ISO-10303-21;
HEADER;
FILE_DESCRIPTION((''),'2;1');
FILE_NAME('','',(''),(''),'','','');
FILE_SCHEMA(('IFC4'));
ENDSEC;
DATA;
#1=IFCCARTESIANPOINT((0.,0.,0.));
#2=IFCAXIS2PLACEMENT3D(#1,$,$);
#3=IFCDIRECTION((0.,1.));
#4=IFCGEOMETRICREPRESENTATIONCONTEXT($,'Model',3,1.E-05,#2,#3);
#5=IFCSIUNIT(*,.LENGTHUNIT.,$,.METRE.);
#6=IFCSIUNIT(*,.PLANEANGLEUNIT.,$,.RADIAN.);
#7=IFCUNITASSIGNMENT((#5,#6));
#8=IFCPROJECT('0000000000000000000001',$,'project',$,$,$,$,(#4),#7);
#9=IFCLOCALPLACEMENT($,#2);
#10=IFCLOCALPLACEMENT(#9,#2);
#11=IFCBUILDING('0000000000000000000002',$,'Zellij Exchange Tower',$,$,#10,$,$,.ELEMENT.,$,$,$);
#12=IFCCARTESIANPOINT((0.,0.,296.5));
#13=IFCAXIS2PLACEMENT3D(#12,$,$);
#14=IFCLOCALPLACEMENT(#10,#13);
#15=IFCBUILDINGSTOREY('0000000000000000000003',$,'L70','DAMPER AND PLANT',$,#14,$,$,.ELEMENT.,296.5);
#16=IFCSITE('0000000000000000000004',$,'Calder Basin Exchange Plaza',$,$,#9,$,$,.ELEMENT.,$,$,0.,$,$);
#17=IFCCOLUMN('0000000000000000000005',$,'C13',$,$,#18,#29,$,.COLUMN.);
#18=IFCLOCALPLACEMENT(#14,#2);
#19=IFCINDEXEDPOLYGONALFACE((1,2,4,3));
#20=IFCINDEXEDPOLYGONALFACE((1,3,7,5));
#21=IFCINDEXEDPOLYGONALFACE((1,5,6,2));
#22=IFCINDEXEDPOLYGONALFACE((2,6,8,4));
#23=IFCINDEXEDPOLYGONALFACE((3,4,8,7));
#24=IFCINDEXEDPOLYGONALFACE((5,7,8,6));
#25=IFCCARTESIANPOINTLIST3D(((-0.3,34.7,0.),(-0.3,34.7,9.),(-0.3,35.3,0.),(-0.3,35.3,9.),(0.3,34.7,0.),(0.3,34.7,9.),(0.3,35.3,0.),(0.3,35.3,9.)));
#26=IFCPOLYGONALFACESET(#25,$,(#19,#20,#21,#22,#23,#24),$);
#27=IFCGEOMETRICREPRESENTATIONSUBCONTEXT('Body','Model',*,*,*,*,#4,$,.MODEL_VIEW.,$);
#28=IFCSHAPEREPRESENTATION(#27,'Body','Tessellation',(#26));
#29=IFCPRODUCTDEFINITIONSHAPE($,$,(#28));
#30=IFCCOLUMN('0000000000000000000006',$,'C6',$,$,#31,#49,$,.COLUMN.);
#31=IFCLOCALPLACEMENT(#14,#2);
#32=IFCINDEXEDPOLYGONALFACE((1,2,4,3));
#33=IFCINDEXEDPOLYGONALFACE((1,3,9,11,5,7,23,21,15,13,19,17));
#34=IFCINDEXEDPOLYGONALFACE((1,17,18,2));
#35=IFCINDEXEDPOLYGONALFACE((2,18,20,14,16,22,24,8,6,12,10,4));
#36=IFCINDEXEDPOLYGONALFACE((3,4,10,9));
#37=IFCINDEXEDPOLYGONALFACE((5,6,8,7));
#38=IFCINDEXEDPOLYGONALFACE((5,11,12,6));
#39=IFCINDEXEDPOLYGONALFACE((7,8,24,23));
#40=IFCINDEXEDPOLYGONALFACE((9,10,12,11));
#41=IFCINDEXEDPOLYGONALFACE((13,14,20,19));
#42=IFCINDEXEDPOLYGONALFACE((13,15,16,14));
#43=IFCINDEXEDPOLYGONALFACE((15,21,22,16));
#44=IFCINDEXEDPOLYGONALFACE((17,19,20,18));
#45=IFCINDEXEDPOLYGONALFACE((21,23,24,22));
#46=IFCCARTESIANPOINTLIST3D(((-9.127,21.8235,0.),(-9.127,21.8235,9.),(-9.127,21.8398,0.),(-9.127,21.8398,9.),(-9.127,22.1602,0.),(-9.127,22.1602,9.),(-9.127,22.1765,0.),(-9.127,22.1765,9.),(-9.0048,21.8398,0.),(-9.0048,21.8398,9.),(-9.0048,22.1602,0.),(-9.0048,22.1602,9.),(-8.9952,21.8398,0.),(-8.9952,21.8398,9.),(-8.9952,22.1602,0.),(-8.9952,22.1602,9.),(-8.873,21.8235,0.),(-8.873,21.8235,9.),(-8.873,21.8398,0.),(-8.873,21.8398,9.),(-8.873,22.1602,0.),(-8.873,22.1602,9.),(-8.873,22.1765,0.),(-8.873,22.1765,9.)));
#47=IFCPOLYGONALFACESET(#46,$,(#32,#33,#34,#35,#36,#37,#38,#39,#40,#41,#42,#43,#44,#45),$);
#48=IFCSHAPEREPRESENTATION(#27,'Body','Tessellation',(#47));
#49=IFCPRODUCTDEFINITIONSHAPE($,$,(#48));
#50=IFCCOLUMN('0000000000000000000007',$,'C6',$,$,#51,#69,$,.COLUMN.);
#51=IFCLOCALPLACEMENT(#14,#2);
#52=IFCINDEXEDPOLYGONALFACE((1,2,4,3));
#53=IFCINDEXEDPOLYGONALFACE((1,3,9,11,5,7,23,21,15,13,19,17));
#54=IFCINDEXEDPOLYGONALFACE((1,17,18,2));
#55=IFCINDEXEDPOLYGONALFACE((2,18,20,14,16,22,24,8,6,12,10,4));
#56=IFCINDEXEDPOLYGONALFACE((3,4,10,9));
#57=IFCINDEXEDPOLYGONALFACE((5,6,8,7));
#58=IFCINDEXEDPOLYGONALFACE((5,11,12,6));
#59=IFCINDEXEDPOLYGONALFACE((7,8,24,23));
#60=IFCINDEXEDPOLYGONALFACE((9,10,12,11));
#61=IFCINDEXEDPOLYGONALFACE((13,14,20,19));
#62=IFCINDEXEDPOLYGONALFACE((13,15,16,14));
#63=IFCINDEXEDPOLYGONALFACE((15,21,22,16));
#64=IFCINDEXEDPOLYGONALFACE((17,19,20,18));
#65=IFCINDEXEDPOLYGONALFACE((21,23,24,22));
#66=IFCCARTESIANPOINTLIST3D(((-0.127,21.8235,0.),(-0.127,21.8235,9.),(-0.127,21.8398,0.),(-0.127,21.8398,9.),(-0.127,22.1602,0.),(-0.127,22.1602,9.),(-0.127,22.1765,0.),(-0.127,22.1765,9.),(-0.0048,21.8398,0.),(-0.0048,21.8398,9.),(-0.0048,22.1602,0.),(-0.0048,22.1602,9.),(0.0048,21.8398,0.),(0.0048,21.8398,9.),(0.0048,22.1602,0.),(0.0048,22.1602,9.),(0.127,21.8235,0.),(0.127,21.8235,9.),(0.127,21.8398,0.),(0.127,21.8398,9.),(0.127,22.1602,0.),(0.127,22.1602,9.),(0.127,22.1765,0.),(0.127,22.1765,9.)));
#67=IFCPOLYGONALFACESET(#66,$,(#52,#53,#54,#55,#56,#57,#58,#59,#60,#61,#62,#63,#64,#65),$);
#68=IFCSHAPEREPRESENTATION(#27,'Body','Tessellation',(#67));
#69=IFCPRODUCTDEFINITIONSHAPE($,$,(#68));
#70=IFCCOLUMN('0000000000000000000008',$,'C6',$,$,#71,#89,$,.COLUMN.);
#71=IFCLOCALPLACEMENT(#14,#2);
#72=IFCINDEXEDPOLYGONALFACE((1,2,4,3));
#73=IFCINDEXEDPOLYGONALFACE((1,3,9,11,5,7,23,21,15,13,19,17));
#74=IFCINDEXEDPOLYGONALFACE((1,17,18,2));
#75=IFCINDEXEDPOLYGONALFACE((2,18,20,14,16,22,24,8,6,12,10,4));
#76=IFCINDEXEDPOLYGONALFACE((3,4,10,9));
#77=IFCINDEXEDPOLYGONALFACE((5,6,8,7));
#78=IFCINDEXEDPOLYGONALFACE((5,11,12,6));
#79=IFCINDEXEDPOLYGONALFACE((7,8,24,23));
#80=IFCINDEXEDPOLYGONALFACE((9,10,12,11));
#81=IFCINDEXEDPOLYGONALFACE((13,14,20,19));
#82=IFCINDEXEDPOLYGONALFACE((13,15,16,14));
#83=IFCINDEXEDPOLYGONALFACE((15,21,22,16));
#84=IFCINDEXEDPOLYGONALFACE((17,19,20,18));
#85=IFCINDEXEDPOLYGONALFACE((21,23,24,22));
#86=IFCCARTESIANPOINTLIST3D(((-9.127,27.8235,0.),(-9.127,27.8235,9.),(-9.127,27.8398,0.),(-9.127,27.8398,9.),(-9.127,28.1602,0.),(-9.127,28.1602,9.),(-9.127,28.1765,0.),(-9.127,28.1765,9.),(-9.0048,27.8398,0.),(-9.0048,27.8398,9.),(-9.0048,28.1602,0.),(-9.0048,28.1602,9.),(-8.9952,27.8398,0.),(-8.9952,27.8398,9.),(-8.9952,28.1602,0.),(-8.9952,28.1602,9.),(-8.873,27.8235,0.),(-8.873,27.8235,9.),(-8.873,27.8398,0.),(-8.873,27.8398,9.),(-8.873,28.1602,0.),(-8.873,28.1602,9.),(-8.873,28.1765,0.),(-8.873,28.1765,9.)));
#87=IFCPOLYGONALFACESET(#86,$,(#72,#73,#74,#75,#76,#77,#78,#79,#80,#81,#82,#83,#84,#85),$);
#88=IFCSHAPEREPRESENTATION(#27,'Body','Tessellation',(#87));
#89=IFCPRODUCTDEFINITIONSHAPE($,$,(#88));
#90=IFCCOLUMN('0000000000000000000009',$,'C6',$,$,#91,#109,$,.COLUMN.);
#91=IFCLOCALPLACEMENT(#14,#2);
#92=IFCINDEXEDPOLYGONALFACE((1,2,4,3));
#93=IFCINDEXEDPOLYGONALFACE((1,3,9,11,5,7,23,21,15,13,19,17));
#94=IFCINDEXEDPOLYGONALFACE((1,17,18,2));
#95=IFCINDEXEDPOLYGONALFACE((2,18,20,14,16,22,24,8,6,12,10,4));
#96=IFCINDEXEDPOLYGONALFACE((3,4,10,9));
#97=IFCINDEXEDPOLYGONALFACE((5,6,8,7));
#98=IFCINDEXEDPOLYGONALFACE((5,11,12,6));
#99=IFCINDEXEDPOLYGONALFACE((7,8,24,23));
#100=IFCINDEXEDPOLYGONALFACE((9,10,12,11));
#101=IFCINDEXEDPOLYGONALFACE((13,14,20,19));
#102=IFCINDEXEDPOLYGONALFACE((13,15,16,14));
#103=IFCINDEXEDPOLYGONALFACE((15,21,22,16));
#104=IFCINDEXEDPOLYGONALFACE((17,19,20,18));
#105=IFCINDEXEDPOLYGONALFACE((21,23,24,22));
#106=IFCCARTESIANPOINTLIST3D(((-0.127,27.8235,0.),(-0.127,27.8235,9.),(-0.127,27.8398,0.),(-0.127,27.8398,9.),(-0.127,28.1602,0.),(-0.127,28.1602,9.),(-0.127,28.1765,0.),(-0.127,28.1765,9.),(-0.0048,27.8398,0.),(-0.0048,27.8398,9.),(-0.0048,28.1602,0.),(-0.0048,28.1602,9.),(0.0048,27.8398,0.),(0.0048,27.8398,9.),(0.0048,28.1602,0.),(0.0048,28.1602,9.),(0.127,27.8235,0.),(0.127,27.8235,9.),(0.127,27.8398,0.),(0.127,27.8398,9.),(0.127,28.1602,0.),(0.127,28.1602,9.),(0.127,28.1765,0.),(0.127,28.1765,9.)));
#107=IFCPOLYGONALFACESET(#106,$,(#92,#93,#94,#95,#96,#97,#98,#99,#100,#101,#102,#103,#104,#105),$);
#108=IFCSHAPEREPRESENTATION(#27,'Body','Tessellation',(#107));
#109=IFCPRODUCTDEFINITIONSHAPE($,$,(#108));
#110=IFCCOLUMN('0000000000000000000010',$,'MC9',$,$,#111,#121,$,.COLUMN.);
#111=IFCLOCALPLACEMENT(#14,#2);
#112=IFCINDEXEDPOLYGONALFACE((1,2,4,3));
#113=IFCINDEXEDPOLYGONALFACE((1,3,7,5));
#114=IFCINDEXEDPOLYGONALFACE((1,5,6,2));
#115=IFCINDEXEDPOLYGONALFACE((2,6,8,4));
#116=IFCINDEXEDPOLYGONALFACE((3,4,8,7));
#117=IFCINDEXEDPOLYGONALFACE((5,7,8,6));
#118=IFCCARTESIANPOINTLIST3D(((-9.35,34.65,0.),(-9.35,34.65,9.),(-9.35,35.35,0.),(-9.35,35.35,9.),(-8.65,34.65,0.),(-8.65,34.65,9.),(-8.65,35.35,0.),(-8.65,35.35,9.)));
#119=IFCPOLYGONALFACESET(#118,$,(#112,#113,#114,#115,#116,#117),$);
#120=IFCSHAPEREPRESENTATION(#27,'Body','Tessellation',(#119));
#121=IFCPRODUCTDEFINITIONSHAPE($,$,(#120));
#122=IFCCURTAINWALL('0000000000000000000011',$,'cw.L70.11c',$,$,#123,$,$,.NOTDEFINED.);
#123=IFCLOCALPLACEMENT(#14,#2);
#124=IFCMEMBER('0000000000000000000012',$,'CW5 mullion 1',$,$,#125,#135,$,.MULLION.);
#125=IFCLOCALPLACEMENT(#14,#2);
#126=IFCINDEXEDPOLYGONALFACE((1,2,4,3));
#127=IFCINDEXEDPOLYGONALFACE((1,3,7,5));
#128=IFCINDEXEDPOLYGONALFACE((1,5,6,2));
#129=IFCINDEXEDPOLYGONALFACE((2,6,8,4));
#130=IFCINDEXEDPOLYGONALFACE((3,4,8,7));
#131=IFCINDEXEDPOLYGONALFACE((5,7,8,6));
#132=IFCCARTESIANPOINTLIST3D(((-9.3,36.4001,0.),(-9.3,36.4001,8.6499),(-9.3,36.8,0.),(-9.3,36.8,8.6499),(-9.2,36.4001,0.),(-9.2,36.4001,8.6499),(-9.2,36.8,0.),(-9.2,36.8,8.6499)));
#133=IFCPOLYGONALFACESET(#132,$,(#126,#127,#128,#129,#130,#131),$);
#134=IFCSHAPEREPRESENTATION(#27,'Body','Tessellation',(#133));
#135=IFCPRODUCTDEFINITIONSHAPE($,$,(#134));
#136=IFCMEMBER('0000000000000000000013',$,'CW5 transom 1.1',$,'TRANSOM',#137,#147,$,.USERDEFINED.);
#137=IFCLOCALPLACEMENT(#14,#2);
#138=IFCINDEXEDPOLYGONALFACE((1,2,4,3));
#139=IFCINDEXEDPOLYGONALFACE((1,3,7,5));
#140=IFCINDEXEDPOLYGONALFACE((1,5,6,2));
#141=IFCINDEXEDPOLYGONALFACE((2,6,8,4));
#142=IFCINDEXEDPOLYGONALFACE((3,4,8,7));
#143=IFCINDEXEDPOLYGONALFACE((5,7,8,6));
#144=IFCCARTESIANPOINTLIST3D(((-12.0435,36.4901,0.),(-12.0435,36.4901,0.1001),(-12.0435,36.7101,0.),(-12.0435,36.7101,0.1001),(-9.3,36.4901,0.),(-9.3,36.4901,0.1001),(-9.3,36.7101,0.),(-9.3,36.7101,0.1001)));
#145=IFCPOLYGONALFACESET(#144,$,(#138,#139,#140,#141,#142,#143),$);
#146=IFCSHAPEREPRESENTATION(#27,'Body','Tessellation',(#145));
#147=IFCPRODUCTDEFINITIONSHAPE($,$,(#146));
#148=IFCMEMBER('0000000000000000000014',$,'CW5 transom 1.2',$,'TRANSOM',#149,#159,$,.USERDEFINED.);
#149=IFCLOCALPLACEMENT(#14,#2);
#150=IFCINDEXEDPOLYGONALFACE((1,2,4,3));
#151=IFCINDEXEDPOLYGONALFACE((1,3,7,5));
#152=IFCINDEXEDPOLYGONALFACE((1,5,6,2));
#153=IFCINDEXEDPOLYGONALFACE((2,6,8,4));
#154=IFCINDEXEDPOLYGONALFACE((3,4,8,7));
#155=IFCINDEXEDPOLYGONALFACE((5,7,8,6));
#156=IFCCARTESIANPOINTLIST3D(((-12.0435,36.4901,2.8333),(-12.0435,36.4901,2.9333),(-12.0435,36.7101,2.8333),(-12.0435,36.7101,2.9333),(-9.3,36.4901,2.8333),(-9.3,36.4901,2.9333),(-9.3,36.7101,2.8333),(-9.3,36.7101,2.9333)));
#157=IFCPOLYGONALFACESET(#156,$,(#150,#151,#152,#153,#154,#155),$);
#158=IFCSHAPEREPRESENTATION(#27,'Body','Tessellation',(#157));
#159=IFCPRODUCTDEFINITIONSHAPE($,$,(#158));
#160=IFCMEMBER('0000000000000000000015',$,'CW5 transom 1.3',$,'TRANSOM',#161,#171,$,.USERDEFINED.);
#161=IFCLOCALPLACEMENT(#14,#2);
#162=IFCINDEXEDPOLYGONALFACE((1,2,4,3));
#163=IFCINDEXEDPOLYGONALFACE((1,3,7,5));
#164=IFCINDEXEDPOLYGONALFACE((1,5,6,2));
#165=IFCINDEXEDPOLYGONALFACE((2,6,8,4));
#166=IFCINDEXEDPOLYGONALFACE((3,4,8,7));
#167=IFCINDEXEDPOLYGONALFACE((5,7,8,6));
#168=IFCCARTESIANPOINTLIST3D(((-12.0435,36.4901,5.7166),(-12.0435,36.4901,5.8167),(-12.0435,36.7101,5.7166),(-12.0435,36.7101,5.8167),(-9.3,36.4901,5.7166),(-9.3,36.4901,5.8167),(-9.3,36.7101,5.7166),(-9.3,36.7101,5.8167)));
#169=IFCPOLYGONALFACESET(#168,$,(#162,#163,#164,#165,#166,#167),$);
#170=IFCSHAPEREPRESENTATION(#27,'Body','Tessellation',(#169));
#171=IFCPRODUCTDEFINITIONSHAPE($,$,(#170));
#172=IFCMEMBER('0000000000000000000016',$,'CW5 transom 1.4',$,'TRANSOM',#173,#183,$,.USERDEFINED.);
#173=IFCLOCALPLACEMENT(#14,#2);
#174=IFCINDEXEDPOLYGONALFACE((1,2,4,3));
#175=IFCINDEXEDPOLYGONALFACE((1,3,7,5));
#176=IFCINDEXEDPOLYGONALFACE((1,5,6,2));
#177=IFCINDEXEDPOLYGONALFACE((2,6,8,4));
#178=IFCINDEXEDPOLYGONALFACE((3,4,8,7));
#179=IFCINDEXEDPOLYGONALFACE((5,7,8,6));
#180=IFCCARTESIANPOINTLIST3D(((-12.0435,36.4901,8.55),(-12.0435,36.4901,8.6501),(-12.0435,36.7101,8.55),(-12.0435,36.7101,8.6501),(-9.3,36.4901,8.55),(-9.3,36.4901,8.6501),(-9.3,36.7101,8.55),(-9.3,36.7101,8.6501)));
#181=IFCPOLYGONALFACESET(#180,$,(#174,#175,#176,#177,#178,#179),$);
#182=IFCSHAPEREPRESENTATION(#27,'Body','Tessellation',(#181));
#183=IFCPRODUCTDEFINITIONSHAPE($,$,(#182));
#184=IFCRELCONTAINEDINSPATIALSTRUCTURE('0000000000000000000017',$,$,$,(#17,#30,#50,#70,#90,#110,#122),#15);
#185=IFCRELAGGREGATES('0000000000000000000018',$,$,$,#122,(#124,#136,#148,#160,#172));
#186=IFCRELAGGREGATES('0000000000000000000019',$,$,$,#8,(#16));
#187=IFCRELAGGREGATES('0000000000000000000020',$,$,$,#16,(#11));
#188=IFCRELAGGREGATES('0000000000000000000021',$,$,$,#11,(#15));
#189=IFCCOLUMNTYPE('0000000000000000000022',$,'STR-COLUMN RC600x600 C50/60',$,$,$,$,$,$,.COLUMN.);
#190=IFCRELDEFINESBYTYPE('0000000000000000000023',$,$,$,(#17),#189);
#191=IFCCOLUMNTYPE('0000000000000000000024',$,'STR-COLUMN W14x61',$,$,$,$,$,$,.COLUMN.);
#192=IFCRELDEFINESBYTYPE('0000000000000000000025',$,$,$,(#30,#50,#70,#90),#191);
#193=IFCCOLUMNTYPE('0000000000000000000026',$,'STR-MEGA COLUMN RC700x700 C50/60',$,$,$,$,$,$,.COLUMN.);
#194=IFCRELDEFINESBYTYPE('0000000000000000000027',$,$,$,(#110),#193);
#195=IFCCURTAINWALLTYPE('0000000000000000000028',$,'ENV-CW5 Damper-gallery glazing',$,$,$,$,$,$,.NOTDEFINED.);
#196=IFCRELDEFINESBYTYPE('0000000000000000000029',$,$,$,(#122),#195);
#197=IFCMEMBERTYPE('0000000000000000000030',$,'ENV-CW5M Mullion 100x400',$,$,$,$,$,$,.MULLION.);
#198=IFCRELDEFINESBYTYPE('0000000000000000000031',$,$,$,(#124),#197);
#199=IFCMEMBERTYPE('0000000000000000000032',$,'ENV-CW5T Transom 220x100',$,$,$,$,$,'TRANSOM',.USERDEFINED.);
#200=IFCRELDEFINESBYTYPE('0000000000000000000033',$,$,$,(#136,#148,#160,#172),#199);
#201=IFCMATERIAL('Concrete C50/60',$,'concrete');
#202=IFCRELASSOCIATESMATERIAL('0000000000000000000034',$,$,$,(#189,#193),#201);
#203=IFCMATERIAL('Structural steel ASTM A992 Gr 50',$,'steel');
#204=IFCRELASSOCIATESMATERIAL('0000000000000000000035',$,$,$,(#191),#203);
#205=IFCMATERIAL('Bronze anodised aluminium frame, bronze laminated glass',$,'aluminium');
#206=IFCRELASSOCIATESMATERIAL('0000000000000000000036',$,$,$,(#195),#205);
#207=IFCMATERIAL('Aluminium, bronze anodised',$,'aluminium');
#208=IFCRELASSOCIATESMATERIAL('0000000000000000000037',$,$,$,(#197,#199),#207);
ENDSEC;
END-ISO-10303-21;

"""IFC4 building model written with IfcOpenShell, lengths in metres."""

from ifc_helpers import new_model, si_unit, direction, frame, origin, origin_2d, place, context, subcontext, project, spatial, rectangle, i_section, extrude, material, material_profile, profile_set, type_object, element, aggregate, save


model = new_model("IFC4")

# Units and contexts
model_context = context("Model", 3, precision=1e-05, world=origin(), true_north=direction((0.0, 1.0)))
body_context = subcontext(model_context, "Body", "Model", "MODEL_VIEW")
ifc_project = project(units=[si_unit("LENGTHUNIT", "METRE"), si_unit("PLANEANGLEUNIT", "RADIAN")], contexts=[model_context])

# Site, building, storey
site_placement = place(None, origin())
site = spatial("IfcSite", under=ifc_project, at=site_placement, Name="Calder Basin Exchange Plaza", CompositionType="ELEMENT", RefElevation=0.0)
building_placement = place(site_placement, origin())
building = spatial("IfcBuilding", under=site, at=building_placement, Name="Zellij Exchange Tower", CompositionType="ELEMENT")
storey_placement = place(building_placement, frame((0.0, 0.0, 296.5)))
storey = spatial("IfcBuildingStorey", under=building, at=storey_placement, Name="L70", Description="DAMPER AND PLANT", CompositionType="ELEMENT", Elevation=296.5)

# Columns
ifc_material_1 = material(Name="Concrete C50/60", Category="concrete")
ifc_material_profile_1 = material_profile(ifc_material_1, rectangle(XDim=0.6001, YDim=0.6001, at=origin_2d()), Name="STR-COLUMN RC600x600 C50/60")
ifc_profile_set_1 = profile_set([ifc_material_profile_1], Name="Concrete C50/60")
column_type_1 = type_object("IfcColumnType", Name="STR-COLUMN RC600x600 C50/60", PredefinedType="COLUMN", material=ifc_profile_set_1)
column_1_placement = place(storey_placement, frame((0.0, 35.0, 0.0), z_axis=(0.0, 0.0, 1.0), x_axis=(1.0, 0.0, 0.0)))
element("IfcColumn", 1, at=column_1_placement, inside=storey, type_object=column_type_1, Name="C13", PredefinedType="COLUMN", context=body_context, shape_type="SweptSolid", body=[
    extrude(rectangle(XDim=0.6001, YDim=0.6001, at=origin_2d()), origin(), (0.0, 0.0, 1.0), 9.0),
])
ifc_material_2 = material(Name="Structural steel ASTM A992 Gr 50", Category="steel")
ifc_material_profile_2 = material_profile(ifc_material_2, i_section(OverallWidth=0.2539, OverallDepth=0.353, WebThickness=0.0095, FlangeThickness=0.0164, at=origin_2d()), Name="W14x61")
ifc_profile_set_2 = profile_set([ifc_material_profile_2], Name="Structural steel ASTM A992 Gr 50")
column_type_2 = type_object("IfcColumnType", Name="STR-COLUMN W14x61", PredefinedType="COLUMN", material=ifc_profile_set_2)
for number, where, z_axis, x_axis, name in (
    (2, (-9.0, 22.0, 0.0), (0.0, 0.0, 1.0), (1.0, 0.0, 0.0), "C6"),
    (3, (0.0, 22.0, 0.0), (0.0, 0.0, 1.0), (1.0, 0.0, 0.0), "C6"),
    (4, (-9.0, 28.0, 0.0), (0.0, 0.0, 1.0), (1.0, 0.0, 0.0), "C6"),
    (5, (0.0, 28.0, 0.0), (0.0, 0.0, 1.0), (1.0, 0.0, 0.0), "C6"),
):
    element("IfcColumn", number, at=place(storey_placement, frame(where, z_axis=z_axis, x_axis=x_axis)), inside=storey, type_object=column_type_2, Name=name, PredefinedType="COLUMN", context=body_context, shape_type="SweptSolid", body=[
        extrude(i_section(OverallWidth=0.2539, OverallDepth=0.353, WebThickness=0.0095, FlangeThickness=0.0164, at=origin_2d()), origin(), (0.0, 0.0, 1.0), 9.0),
    ])
ifc_material_profile_3 = material_profile(ifc_material_1, rectangle(XDim=0.7, YDim=0.7, at=origin_2d()), Name="STR-MEGA COLUMN RC700x700 C50/60")
ifc_profile_set_3 = profile_set([ifc_material_profile_3], Name="Concrete C50/60")
column_type_3 = type_object("IfcColumnType", Name="STR-MEGA COLUMN RC700x700 C50/60", PredefinedType="COLUMN", material=ifc_profile_set_3)
column_2_placement = place(storey_placement, frame((-9.0, 35.0, 0.0), z_axis=(0.0, 0.0, 1.0), x_axis=(1.0, 0.0, 0.0)))
element("IfcColumn", 6, at=column_2_placement, inside=storey, type_object=column_type_3, Name="MC9", PredefinedType="COLUMN", context=body_context, shape_type="SweptSolid", body=[
    extrude(rectangle(XDim=0.7, YDim=0.7, at=origin_2d()), origin(), (0.0, 0.0, 1.0), 9.0),
])

# Curtain wall, members
ifc_material_3 = material(Name="Bronze anodised aluminium frame, bronze laminated glass", Category="aluminium")
curtain_wall_type = type_object("IfcCurtainWallType", Name="ENV-CW5 Damper-gallery glazing", PredefinedType="NOTDEFINED", material=ifc_material_3)
curtain_wall_placement = place(storey_placement, origin())
curtain_wall = element("IfcCurtainWall", 7, at=curtain_wall_placement, inside=storey, type_object=curtain_wall_type, Name="cw.L70.11c", PredefinedType="NOTDEFINED")
ifc_material_4 = material(Name="Aluminium, bronze anodised", Category="aluminium")
ifc_material_profile_4 = material_profile(ifc_material_4, rectangle(XDim=0.1001, YDim=0.3999, at=origin_2d()), Name="AL 100x400")
ifc_profile_set_4 = profile_set([ifc_material_profile_4], Name="Aluminium, bronze anodised")
member_type_1 = type_object("IfcMemberType", Name="ENV-CW5M Mullion 100x400", PredefinedType="MULLION", material=ifc_profile_set_4)
member_1_placement = place(storey_placement, frame((-9.25, 36.6001, 0.0), z_axis=(0.0, 0.0, 1.0), x_axis=(-1.0, 0.0, 0.0)))
member_1 = element("IfcMember", 8, at=member_1_placement, type_object=member_type_1, Name="CW5 mullion 1", PredefinedType="MULLION", context=body_context, shape_type="SweptSolid", body=[
    extrude(rectangle(XDim=0.1001, YDim=0.3999, at=origin_2d()), origin(), (0.0, 0.0, 1.0), 8.6499),
])
ifc_material_profile_5 = material_profile(ifc_material_4, rectangle(XDim=0.22, YDim=0.1001, at=origin_2d()), Name="AL 220x100")
ifc_profile_set_5 = profile_set([ifc_material_profile_5], Name="Aluminium, bronze anodised")
member_type_2 = type_object("IfcMemberType", Name="ENV-CW5T Transom 220x100", ElementType="TRANSOM", PredefinedType="USERDEFINED", material=ifc_profile_set_5)
member_2_placement = place(storey_placement, frame((-9.3, 36.6001, 0.05), z_axis=(-1.0, 0.0, 0.0), x_axis=(0.0, -1.0, 0.0)))
member_2 = element("IfcMember", 9, at=member_2_placement, type_object=member_type_2, Name="CW5 transom 1.1", ObjectType="TRANSOM", PredefinedType="USERDEFINED", context=body_context, shape_type="SweptSolid", body=[
    extrude(rectangle(XDim=0.22, YDim=0.1001, at=origin_2d()), origin(), (0.0, 0.0, 1.0), 2.7434),
])
member_3_placement = place(storey_placement, frame((-9.3, 36.6001, 2.8833), z_axis=(-1.0, 0.0, 0.0), x_axis=(0.0, -1.0, 0.0)))
member_3 = element("IfcMember", 10, at=member_3_placement, type_object=member_type_2, Name="CW5 transom 1.2", ObjectType="TRANSOM", PredefinedType="USERDEFINED", context=body_context, shape_type="SweptSolid", body=[
    extrude(rectangle(XDim=0.22, YDim=0.1001, at=origin_2d()), origin(), (0.0, 0.0, 1.0), 2.7434),
])
member_4_placement = place(storey_placement, frame((-9.3, 36.6001, 5.7666), z_axis=(-1.0, 0.0, 0.0), x_axis=(0.0, -1.0, 0.0)))
member_4 = element("IfcMember", 11, at=member_4_placement, type_object=member_type_2, Name="CW5 transom 1.3", ObjectType="TRANSOM", PredefinedType="USERDEFINED", context=body_context, shape_type="SweptSolid", body=[
    extrude(rectangle(XDim=0.22, YDim=0.1001, at=origin_2d()), origin(), (0.0, 0.0, 1.0), 2.7434),
])
member_5_placement = place(storey_placement, frame((-9.3, 36.6001, 8.6001), z_axis=(-1.0, 0.0, 0.0), x_axis=(0.0, -1.0, 0.0)))
member_5 = element("IfcMember", 12, at=member_5_placement, type_object=member_type_2, Name="CW5 transom 1.4", ObjectType="TRANSOM", PredefinedType="USERDEFINED", context=body_context, shape_type="SweptSolid", body=[
    extrude(rectangle(XDim=0.22, YDim=0.1001, at=origin_2d()), origin(), (0.0, 0.0, 1.0), 2.7434),
])

aggregate(curtain_wall, [member_1, member_2, member_3, member_4, member_5])

save(model, "model.ifc")
